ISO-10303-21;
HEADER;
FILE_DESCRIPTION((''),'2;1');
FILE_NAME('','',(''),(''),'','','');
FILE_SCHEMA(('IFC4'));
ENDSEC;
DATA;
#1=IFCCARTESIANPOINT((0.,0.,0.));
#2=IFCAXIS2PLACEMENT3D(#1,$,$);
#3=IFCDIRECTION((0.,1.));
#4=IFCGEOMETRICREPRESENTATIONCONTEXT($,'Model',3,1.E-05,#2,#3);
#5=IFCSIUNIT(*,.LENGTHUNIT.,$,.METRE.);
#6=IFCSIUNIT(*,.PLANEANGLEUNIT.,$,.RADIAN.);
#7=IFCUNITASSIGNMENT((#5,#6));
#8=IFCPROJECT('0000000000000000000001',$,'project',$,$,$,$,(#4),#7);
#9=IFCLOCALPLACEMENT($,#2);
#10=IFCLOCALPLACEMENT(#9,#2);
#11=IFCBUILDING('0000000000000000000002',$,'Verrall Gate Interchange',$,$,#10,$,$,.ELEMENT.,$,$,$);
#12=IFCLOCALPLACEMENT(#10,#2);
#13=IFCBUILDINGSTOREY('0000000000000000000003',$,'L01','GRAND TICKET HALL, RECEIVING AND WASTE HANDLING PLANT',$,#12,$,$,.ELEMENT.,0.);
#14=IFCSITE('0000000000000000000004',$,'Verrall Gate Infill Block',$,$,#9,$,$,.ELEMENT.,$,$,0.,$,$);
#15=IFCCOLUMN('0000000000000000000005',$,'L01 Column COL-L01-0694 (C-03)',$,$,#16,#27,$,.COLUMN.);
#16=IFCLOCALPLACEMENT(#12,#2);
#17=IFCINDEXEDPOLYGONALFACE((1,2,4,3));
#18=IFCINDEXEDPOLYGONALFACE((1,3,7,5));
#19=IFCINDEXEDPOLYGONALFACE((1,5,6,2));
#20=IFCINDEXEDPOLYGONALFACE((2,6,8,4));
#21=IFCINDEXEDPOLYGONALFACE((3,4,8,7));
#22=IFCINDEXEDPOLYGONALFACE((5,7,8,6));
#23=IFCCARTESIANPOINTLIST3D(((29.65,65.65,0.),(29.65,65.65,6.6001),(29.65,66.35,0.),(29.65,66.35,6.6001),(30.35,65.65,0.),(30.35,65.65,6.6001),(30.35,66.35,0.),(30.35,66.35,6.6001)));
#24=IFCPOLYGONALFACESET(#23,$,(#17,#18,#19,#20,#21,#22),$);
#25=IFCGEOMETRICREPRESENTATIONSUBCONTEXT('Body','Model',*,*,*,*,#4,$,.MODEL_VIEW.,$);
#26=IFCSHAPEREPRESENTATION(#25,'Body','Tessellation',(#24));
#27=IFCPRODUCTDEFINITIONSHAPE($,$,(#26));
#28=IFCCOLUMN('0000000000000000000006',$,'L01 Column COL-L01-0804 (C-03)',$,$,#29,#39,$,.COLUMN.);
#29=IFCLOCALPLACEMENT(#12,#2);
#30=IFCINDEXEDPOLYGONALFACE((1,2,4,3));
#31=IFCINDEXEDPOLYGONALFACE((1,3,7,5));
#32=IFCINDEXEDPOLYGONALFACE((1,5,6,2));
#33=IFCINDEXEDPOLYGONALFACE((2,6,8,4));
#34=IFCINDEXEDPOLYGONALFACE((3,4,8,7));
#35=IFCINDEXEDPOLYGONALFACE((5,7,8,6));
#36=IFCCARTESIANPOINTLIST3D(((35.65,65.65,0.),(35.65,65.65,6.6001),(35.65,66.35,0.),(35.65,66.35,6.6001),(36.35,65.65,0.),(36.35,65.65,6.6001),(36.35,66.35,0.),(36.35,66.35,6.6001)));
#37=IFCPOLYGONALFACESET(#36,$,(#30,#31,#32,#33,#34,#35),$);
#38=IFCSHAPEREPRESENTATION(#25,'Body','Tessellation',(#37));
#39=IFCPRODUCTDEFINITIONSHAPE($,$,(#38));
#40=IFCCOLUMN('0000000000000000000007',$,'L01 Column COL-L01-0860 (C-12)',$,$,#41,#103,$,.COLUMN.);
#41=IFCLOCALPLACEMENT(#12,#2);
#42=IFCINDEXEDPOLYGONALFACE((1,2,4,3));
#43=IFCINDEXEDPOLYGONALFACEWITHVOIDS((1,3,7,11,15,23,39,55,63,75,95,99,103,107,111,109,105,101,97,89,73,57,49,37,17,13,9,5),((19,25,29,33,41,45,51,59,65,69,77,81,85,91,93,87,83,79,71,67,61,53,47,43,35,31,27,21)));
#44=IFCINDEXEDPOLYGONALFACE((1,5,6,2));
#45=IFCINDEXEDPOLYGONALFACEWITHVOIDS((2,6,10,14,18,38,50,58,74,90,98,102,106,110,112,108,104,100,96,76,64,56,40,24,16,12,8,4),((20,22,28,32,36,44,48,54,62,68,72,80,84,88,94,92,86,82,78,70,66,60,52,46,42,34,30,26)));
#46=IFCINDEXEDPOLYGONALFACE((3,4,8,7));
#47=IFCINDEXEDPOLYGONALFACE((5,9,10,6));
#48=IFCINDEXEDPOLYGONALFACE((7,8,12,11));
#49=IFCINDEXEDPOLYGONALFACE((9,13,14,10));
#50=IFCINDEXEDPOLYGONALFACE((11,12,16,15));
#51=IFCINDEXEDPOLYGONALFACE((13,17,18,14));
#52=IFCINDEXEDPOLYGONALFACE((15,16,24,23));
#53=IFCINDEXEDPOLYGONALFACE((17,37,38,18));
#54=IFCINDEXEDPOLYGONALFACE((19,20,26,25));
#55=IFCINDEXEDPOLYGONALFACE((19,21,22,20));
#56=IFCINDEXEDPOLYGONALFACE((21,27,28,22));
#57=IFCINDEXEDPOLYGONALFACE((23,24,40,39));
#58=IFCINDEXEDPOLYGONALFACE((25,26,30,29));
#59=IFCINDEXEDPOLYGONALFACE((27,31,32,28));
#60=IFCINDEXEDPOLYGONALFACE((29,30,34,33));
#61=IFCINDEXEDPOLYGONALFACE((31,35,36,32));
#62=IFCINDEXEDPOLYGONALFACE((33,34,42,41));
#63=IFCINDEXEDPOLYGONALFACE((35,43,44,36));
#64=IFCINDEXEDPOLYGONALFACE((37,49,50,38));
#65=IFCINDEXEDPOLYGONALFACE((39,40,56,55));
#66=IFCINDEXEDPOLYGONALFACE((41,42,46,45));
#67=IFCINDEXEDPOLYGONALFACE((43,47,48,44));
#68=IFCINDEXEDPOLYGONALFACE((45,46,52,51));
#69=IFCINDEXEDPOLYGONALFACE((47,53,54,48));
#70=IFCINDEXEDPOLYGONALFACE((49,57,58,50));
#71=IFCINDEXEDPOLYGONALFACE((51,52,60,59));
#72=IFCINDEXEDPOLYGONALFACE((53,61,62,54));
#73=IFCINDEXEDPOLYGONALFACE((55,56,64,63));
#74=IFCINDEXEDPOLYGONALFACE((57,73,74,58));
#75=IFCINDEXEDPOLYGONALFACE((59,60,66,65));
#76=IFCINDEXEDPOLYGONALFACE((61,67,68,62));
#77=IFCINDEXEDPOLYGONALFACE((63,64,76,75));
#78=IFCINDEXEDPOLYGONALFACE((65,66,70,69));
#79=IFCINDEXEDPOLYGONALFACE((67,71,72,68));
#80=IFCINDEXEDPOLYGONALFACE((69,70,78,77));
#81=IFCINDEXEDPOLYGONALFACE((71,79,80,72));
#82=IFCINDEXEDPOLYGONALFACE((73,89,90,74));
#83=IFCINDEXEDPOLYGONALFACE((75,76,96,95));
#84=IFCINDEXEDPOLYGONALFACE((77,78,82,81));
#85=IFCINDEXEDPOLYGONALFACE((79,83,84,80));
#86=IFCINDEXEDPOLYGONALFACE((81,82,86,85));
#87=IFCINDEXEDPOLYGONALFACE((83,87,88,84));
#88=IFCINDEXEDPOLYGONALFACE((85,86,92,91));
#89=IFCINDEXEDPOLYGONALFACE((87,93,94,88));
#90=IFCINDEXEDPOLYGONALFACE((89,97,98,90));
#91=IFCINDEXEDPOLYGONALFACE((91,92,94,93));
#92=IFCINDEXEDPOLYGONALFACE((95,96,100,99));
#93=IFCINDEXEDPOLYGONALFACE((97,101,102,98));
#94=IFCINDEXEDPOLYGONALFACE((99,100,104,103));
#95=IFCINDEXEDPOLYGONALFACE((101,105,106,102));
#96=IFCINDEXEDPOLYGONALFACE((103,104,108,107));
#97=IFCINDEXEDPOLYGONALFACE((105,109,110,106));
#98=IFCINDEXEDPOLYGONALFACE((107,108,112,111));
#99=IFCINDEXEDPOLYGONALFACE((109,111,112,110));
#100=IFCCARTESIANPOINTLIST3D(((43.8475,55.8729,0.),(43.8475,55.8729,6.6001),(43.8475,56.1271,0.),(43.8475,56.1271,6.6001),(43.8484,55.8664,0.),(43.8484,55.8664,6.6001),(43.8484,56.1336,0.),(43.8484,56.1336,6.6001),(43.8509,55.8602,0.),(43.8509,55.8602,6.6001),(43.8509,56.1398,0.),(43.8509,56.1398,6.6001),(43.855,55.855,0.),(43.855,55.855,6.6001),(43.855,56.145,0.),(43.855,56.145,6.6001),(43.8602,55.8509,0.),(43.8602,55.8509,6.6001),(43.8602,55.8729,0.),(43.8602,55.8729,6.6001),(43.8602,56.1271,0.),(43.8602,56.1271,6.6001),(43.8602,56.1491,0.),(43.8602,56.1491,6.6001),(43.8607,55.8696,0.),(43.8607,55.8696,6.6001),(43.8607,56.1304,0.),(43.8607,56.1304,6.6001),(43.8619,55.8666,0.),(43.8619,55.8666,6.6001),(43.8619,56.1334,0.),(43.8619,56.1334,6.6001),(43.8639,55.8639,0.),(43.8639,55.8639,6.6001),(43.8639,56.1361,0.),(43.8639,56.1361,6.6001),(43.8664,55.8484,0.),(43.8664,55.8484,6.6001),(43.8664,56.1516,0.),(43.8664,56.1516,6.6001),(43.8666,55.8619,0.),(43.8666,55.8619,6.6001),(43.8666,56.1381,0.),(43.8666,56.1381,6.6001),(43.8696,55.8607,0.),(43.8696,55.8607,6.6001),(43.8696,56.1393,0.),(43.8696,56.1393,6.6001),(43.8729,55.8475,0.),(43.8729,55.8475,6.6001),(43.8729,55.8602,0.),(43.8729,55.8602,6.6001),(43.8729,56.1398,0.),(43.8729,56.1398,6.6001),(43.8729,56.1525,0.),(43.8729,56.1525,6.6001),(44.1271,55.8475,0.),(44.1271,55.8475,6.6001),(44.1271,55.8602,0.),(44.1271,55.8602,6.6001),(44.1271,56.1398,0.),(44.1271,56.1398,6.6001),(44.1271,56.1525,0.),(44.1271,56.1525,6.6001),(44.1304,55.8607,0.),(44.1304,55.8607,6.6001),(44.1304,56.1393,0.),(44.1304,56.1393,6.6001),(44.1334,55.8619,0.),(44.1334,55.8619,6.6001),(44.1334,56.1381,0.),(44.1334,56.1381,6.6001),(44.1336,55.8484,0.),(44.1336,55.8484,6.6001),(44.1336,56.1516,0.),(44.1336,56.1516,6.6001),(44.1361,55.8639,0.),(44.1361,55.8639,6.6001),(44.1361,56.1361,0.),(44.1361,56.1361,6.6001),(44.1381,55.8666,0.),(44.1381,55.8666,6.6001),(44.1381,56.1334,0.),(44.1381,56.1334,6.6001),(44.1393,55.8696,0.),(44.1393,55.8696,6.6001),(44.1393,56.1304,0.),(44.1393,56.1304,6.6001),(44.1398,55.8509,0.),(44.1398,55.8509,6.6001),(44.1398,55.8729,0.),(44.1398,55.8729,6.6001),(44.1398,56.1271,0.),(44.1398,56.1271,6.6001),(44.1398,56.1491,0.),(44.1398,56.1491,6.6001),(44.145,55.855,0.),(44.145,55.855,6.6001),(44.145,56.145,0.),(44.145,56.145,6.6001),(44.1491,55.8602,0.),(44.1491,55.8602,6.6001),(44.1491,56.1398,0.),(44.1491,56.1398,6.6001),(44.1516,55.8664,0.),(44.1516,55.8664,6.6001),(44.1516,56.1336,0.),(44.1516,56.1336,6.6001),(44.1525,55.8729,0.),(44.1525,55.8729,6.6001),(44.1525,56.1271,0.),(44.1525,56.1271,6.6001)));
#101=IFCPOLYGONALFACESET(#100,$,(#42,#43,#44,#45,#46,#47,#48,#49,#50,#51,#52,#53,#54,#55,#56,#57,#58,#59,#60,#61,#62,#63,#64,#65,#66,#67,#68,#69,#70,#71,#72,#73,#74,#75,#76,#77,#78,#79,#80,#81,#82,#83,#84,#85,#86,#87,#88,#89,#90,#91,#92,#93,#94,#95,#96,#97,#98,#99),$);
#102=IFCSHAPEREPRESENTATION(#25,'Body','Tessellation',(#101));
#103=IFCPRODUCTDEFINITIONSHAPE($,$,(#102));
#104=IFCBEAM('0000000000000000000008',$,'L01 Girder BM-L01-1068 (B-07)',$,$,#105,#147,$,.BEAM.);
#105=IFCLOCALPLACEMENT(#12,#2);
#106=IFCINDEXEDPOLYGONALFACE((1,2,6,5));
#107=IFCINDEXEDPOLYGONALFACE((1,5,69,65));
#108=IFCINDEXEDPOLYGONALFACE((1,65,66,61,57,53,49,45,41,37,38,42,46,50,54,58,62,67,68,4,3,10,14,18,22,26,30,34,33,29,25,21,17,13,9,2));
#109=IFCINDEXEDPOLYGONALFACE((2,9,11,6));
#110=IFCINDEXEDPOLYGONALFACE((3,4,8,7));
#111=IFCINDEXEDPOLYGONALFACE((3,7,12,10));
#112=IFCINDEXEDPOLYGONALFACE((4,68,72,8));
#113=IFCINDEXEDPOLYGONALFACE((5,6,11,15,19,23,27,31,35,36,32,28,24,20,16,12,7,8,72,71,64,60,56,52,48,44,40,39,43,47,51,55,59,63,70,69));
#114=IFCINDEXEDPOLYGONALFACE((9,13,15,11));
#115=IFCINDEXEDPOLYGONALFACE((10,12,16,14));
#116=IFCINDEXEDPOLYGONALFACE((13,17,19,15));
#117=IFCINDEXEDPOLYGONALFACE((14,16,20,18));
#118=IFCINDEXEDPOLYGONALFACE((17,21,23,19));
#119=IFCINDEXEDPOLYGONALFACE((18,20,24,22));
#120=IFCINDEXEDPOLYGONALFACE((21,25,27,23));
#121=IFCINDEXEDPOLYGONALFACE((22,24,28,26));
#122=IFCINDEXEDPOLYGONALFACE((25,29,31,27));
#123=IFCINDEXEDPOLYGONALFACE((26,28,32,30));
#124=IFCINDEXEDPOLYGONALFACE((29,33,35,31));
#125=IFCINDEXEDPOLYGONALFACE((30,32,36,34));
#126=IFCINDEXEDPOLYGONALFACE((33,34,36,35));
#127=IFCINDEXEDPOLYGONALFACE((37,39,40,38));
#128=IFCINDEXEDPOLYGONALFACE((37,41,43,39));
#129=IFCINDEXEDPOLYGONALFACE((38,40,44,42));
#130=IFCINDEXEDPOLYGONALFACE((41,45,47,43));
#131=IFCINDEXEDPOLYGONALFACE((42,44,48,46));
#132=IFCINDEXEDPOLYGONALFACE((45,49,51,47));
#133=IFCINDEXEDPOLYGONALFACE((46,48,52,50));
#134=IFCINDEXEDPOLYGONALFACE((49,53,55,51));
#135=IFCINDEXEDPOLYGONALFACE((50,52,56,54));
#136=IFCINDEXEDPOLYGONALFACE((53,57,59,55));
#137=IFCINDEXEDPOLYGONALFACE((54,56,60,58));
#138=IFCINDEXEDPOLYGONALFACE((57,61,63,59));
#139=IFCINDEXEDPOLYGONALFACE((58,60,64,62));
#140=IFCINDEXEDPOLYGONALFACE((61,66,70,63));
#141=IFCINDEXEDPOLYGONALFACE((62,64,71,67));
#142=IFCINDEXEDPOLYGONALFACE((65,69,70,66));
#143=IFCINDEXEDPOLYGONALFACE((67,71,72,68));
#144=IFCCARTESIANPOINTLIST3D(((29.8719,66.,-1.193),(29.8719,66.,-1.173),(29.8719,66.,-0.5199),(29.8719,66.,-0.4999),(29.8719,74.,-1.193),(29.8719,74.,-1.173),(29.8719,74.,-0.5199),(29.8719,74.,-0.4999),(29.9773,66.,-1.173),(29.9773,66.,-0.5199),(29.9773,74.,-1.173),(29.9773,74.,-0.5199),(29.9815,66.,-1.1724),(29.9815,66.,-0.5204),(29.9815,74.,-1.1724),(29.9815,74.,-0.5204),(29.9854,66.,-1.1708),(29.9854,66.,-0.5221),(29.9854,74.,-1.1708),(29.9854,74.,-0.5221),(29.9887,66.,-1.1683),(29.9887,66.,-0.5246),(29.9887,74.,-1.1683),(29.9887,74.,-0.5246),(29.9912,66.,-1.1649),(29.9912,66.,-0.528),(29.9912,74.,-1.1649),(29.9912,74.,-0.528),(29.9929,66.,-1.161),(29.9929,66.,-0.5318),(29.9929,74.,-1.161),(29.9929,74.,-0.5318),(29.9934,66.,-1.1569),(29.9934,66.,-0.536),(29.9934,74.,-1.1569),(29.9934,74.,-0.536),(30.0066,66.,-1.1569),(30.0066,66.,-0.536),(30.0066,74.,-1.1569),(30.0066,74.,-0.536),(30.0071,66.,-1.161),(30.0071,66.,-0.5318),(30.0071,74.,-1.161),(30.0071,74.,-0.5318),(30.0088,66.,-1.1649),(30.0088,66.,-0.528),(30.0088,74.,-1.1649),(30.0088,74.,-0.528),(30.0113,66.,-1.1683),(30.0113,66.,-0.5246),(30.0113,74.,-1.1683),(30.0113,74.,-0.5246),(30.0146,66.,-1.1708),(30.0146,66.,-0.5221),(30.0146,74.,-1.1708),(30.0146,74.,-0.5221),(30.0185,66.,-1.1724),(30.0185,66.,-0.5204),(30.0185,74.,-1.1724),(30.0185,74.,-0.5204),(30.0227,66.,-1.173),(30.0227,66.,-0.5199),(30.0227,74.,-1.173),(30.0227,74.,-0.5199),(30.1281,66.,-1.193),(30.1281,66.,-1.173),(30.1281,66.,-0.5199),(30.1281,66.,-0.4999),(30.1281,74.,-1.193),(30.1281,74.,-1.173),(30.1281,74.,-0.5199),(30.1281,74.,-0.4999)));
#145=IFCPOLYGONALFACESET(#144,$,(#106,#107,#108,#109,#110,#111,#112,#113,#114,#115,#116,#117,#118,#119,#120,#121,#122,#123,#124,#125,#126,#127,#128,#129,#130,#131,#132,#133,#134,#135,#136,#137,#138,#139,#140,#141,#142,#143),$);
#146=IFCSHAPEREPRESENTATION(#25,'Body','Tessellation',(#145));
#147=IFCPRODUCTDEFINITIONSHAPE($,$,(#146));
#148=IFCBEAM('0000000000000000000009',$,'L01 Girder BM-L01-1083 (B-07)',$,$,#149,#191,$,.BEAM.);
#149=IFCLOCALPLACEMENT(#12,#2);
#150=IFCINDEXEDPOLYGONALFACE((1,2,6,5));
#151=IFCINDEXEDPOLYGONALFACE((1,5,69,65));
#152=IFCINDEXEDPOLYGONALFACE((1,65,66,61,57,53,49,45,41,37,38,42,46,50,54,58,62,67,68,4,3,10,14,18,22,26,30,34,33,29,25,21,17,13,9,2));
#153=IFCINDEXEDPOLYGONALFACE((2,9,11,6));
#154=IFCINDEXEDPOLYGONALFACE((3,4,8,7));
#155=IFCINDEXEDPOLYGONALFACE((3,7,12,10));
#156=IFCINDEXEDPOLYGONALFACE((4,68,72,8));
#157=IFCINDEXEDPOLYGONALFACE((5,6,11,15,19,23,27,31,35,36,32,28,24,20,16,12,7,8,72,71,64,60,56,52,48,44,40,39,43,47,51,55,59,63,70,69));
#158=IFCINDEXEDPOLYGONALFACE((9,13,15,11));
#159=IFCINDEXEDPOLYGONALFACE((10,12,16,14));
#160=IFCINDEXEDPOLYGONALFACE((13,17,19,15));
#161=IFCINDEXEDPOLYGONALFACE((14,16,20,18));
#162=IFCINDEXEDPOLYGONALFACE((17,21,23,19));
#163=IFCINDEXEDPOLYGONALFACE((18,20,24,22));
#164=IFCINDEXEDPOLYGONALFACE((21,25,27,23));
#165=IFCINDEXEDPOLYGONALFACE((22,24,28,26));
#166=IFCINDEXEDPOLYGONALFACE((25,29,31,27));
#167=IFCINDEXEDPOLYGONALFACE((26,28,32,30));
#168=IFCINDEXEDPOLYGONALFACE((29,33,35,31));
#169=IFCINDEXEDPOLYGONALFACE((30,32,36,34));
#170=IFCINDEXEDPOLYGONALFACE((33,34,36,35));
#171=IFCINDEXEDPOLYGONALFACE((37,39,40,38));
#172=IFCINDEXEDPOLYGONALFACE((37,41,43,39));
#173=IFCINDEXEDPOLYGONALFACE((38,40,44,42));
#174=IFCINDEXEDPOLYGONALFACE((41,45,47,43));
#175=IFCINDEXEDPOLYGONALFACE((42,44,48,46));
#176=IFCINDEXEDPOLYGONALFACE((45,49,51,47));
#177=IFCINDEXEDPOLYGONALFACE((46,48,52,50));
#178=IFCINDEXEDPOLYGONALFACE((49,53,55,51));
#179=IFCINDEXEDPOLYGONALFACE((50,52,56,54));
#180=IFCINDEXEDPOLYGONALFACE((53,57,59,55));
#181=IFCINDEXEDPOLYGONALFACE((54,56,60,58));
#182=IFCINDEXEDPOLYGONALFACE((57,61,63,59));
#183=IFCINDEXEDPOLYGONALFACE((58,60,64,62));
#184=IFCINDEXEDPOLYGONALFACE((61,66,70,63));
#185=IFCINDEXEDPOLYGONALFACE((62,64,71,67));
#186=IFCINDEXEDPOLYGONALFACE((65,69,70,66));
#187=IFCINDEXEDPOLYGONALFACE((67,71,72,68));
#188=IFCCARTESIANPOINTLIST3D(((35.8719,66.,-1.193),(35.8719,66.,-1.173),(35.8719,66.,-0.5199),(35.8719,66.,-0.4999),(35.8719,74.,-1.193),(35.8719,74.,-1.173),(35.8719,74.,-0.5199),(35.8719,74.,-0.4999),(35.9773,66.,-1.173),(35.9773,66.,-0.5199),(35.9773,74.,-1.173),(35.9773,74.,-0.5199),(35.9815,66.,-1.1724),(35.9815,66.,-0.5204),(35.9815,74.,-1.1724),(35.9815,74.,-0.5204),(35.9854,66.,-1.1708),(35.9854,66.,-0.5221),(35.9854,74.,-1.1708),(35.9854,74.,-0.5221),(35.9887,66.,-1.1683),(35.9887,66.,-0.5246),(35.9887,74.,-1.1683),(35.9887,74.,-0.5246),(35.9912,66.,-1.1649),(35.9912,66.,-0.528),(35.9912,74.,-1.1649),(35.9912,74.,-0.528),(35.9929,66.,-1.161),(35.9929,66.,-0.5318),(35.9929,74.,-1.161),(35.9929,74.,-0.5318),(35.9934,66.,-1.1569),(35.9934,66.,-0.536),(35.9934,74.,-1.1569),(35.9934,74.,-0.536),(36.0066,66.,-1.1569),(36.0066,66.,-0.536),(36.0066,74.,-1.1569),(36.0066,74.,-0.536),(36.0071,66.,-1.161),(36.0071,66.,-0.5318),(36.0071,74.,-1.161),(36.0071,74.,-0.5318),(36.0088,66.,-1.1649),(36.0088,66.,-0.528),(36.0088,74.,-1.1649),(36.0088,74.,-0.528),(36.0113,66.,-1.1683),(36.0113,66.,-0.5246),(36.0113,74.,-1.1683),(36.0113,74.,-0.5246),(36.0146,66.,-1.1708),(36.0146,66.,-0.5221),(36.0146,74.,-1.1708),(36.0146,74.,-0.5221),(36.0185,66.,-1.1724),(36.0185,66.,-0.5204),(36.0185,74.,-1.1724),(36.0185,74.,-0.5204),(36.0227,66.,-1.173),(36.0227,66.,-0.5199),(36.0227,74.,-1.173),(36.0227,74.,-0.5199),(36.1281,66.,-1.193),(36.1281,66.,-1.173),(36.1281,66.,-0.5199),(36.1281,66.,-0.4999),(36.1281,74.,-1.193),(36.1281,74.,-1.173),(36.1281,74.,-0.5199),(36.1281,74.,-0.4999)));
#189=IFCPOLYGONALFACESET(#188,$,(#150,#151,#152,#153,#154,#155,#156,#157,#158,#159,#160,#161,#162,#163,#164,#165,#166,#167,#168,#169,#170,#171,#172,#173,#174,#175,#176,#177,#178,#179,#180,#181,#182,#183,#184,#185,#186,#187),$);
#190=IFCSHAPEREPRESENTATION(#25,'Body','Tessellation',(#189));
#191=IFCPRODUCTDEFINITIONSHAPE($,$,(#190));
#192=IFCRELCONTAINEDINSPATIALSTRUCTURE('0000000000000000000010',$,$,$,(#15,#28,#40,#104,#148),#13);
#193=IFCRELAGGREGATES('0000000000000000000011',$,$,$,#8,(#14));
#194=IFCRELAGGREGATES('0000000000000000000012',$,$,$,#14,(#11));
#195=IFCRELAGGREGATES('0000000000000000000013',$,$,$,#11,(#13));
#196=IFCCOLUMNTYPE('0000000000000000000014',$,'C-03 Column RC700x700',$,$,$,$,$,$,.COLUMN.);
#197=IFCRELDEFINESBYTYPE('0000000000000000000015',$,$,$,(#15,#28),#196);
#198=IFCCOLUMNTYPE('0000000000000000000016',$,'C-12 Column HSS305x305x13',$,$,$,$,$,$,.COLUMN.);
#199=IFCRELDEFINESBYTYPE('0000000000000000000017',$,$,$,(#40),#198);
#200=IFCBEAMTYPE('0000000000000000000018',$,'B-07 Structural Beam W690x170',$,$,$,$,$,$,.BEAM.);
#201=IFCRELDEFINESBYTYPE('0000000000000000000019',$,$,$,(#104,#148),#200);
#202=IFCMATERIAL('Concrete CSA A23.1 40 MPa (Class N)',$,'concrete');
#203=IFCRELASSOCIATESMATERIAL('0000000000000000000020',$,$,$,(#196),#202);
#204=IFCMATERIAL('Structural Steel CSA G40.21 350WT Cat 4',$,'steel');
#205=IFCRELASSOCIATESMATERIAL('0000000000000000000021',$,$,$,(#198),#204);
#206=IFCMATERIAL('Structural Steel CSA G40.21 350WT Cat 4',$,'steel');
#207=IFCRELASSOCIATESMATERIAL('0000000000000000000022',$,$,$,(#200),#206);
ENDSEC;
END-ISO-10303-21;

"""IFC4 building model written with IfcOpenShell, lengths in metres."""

from ifc_helpers import new_model, si_unit, direction, frame, origin, origin_2d, place, context, subcontext, project, spatial, rectangle, hollow_rectangle, i_section, extrude, material, material_profile, profile_set, type_object, element, save


model = new_model("IFC4")

# Units and contexts
model_context = context("Model", 3, precision=1e-05, world=origin(), true_north=direction((0.0, 1.0)))
body_context = subcontext(model_context, "Body", "Model", "MODEL_VIEW")
ifc_project = project(units=[si_unit("LENGTHUNIT", "METRE"), si_unit("PLANEANGLEUNIT", "RADIAN")], contexts=[model_context])

# Site, building, storey
site_placement = place(None, origin())
site = spatial("IfcSite", under=ifc_project, at=site_placement, Name="Verrall Gate Infill Block", CompositionType="ELEMENT", RefElevation=0.0)
building_placement = place(site_placement, origin())
building = spatial("IfcBuilding", under=site, at=building_placement, Name="Verrall Gate Interchange", CompositionType="ELEMENT")
storey_placement = place(building_placement, origin())
storey = spatial("IfcBuildingStorey", under=building, at=storey_placement, Name="L01", Description="GRAND TICKET HALL, RECEIVING AND WASTE HANDLING PLANT", CompositionType="ELEMENT", Elevation=0.0)

# Columns
ifc_material_1 = material(Name="Concrete CSA A23.1 40 MPa (Class N)", Category="concrete")
ifc_material_profile_1 = material_profile(ifc_material_1, rectangle(XDim=0.7, YDim=0.7, at=origin_2d()), Name="RC700x700")
ifc_profile_set_1 = profile_set([ifc_material_profile_1], Name="Concrete CSA A23.1 40 MPa (Class N)")
column_type_1 = type_object("IfcColumnType", Name="C-03 Column RC700x700", PredefinedType="COLUMN", material=ifc_profile_set_1)
for number, where, z_axis, x_axis, name in (
    (1, (30.0, 66.0, 0.0), (0.0, 0.0, 1.0), (1.0, 0.0, 0.0), "L01 Column COL-L01-0694 (C-03)"),
    (2, (36.0, 66.0, 0.0), (0.0, 0.0, 1.0), (1.0, 0.0, 0.0), "L01 Column COL-L01-0804 (C-03)"),
):
    element("IfcColumn", number, at=place(storey_placement, frame(where, z_axis=z_axis, x_axis=x_axis)), inside=storey, type_object=column_type_1, Name=name, PredefinedType="COLUMN", context=body_context, shape_type="SweptSolid", body=[
        extrude(rectangle(XDim=0.7, YDim=0.7, at=origin_2d()), origin(), (0.0, 0.0, 1.0), 6.6001),
    ])
ifc_material_2 = material(Name="Structural Steel CSA G40.21 350WT Cat 4", Category="steel")
ifc_material_profile_2 = material_profile(ifc_material_2, hollow_rectangle(XDim=0.3049, YDim=0.3049, WallThickness=0.0127, InnerFilletRadius=0.0127, OuterFilletRadius=0.0254, at=origin_2d()), Name="HSS305x305x13")
ifc_profile_set_2 = profile_set([ifc_material_profile_2], Name="Structural Steel CSA G40.21 350WT Cat 4")
column_type_2 = type_object("IfcColumnType", Name="C-12 Column HSS305x305x13", PredefinedType="COLUMN", material=ifc_profile_set_2)
column_placement = place(storey_placement, frame((44.0, 56.0, 0.0), z_axis=(0.0, 0.0, 1.0), x_axis=(1.0, 0.0, 0.0)))
element("IfcColumn", 3, at=column_placement, inside=storey, type_object=column_type_2, Name="L01 Column COL-L01-0860 (C-12)", PredefinedType="COLUMN", context=body_context, shape_type="SweptSolid", body=[
    extrude(hollow_rectangle(XDim=0.3049, YDim=0.3049, WallThickness=0.0127, InnerFilletRadius=0.0127, OuterFilletRadius=0.0254, at=origin_2d()), origin(), (0.0, 0.0, 1.0), 6.6001),
])

# Beams
ifc_material_3 = material(Name="Structural Steel CSA G40.21 350WT Cat 4", Category="steel")
ifc_material_profile_3 = material_profile(ifc_material_3, i_section(OverallWidth=0.2561, OverallDepth=0.6931, WebThickness=0.0132, FlangeThickness=0.02, FilletRadius=0.0161, at=origin_2d()), Name="W690x170")
ifc_profile_set_3 = profile_set([ifc_material_profile_3], Name="Structural Steel CSA G40.21 350WT Cat 4")
beam_type_1 = type_object("IfcBeamType", Name="B-07 Structural Beam W690x170", PredefinedType="BEAM", material=ifc_profile_set_3)
for number, where, z_axis, x_axis, name in (
    (4, (30.0, 66.0, -0.8464), (0.0, 1.0, 0.0), (-1.0, 0.0, 0.0), "L01 Girder BM-L01-1068 (B-07)"),
    (5, (36.0, 66.0, -0.8464), (0.0, 1.0, 0.0), (-1.0, 0.0, 0.0), "L01 Girder BM-L01-1083 (B-07)"),
):
    element("IfcBeam", number, at=place(storey_placement, frame(where, z_axis=z_axis, x_axis=x_axis)), inside=storey, type_object=beam_type_1, Name=name, PredefinedType="BEAM", context=body_context, shape_type="SweptSolid", body=[
        extrude(i_section(OverallWidth=0.2561, OverallDepth=0.6931, WebThickness=0.0132, FlangeThickness=0.02, FilletRadius=0.0161, at=origin_2d()), origin(), (0.0, 0.0, 1.0), 8.0),
    ])

save(model, "model.ifc")
